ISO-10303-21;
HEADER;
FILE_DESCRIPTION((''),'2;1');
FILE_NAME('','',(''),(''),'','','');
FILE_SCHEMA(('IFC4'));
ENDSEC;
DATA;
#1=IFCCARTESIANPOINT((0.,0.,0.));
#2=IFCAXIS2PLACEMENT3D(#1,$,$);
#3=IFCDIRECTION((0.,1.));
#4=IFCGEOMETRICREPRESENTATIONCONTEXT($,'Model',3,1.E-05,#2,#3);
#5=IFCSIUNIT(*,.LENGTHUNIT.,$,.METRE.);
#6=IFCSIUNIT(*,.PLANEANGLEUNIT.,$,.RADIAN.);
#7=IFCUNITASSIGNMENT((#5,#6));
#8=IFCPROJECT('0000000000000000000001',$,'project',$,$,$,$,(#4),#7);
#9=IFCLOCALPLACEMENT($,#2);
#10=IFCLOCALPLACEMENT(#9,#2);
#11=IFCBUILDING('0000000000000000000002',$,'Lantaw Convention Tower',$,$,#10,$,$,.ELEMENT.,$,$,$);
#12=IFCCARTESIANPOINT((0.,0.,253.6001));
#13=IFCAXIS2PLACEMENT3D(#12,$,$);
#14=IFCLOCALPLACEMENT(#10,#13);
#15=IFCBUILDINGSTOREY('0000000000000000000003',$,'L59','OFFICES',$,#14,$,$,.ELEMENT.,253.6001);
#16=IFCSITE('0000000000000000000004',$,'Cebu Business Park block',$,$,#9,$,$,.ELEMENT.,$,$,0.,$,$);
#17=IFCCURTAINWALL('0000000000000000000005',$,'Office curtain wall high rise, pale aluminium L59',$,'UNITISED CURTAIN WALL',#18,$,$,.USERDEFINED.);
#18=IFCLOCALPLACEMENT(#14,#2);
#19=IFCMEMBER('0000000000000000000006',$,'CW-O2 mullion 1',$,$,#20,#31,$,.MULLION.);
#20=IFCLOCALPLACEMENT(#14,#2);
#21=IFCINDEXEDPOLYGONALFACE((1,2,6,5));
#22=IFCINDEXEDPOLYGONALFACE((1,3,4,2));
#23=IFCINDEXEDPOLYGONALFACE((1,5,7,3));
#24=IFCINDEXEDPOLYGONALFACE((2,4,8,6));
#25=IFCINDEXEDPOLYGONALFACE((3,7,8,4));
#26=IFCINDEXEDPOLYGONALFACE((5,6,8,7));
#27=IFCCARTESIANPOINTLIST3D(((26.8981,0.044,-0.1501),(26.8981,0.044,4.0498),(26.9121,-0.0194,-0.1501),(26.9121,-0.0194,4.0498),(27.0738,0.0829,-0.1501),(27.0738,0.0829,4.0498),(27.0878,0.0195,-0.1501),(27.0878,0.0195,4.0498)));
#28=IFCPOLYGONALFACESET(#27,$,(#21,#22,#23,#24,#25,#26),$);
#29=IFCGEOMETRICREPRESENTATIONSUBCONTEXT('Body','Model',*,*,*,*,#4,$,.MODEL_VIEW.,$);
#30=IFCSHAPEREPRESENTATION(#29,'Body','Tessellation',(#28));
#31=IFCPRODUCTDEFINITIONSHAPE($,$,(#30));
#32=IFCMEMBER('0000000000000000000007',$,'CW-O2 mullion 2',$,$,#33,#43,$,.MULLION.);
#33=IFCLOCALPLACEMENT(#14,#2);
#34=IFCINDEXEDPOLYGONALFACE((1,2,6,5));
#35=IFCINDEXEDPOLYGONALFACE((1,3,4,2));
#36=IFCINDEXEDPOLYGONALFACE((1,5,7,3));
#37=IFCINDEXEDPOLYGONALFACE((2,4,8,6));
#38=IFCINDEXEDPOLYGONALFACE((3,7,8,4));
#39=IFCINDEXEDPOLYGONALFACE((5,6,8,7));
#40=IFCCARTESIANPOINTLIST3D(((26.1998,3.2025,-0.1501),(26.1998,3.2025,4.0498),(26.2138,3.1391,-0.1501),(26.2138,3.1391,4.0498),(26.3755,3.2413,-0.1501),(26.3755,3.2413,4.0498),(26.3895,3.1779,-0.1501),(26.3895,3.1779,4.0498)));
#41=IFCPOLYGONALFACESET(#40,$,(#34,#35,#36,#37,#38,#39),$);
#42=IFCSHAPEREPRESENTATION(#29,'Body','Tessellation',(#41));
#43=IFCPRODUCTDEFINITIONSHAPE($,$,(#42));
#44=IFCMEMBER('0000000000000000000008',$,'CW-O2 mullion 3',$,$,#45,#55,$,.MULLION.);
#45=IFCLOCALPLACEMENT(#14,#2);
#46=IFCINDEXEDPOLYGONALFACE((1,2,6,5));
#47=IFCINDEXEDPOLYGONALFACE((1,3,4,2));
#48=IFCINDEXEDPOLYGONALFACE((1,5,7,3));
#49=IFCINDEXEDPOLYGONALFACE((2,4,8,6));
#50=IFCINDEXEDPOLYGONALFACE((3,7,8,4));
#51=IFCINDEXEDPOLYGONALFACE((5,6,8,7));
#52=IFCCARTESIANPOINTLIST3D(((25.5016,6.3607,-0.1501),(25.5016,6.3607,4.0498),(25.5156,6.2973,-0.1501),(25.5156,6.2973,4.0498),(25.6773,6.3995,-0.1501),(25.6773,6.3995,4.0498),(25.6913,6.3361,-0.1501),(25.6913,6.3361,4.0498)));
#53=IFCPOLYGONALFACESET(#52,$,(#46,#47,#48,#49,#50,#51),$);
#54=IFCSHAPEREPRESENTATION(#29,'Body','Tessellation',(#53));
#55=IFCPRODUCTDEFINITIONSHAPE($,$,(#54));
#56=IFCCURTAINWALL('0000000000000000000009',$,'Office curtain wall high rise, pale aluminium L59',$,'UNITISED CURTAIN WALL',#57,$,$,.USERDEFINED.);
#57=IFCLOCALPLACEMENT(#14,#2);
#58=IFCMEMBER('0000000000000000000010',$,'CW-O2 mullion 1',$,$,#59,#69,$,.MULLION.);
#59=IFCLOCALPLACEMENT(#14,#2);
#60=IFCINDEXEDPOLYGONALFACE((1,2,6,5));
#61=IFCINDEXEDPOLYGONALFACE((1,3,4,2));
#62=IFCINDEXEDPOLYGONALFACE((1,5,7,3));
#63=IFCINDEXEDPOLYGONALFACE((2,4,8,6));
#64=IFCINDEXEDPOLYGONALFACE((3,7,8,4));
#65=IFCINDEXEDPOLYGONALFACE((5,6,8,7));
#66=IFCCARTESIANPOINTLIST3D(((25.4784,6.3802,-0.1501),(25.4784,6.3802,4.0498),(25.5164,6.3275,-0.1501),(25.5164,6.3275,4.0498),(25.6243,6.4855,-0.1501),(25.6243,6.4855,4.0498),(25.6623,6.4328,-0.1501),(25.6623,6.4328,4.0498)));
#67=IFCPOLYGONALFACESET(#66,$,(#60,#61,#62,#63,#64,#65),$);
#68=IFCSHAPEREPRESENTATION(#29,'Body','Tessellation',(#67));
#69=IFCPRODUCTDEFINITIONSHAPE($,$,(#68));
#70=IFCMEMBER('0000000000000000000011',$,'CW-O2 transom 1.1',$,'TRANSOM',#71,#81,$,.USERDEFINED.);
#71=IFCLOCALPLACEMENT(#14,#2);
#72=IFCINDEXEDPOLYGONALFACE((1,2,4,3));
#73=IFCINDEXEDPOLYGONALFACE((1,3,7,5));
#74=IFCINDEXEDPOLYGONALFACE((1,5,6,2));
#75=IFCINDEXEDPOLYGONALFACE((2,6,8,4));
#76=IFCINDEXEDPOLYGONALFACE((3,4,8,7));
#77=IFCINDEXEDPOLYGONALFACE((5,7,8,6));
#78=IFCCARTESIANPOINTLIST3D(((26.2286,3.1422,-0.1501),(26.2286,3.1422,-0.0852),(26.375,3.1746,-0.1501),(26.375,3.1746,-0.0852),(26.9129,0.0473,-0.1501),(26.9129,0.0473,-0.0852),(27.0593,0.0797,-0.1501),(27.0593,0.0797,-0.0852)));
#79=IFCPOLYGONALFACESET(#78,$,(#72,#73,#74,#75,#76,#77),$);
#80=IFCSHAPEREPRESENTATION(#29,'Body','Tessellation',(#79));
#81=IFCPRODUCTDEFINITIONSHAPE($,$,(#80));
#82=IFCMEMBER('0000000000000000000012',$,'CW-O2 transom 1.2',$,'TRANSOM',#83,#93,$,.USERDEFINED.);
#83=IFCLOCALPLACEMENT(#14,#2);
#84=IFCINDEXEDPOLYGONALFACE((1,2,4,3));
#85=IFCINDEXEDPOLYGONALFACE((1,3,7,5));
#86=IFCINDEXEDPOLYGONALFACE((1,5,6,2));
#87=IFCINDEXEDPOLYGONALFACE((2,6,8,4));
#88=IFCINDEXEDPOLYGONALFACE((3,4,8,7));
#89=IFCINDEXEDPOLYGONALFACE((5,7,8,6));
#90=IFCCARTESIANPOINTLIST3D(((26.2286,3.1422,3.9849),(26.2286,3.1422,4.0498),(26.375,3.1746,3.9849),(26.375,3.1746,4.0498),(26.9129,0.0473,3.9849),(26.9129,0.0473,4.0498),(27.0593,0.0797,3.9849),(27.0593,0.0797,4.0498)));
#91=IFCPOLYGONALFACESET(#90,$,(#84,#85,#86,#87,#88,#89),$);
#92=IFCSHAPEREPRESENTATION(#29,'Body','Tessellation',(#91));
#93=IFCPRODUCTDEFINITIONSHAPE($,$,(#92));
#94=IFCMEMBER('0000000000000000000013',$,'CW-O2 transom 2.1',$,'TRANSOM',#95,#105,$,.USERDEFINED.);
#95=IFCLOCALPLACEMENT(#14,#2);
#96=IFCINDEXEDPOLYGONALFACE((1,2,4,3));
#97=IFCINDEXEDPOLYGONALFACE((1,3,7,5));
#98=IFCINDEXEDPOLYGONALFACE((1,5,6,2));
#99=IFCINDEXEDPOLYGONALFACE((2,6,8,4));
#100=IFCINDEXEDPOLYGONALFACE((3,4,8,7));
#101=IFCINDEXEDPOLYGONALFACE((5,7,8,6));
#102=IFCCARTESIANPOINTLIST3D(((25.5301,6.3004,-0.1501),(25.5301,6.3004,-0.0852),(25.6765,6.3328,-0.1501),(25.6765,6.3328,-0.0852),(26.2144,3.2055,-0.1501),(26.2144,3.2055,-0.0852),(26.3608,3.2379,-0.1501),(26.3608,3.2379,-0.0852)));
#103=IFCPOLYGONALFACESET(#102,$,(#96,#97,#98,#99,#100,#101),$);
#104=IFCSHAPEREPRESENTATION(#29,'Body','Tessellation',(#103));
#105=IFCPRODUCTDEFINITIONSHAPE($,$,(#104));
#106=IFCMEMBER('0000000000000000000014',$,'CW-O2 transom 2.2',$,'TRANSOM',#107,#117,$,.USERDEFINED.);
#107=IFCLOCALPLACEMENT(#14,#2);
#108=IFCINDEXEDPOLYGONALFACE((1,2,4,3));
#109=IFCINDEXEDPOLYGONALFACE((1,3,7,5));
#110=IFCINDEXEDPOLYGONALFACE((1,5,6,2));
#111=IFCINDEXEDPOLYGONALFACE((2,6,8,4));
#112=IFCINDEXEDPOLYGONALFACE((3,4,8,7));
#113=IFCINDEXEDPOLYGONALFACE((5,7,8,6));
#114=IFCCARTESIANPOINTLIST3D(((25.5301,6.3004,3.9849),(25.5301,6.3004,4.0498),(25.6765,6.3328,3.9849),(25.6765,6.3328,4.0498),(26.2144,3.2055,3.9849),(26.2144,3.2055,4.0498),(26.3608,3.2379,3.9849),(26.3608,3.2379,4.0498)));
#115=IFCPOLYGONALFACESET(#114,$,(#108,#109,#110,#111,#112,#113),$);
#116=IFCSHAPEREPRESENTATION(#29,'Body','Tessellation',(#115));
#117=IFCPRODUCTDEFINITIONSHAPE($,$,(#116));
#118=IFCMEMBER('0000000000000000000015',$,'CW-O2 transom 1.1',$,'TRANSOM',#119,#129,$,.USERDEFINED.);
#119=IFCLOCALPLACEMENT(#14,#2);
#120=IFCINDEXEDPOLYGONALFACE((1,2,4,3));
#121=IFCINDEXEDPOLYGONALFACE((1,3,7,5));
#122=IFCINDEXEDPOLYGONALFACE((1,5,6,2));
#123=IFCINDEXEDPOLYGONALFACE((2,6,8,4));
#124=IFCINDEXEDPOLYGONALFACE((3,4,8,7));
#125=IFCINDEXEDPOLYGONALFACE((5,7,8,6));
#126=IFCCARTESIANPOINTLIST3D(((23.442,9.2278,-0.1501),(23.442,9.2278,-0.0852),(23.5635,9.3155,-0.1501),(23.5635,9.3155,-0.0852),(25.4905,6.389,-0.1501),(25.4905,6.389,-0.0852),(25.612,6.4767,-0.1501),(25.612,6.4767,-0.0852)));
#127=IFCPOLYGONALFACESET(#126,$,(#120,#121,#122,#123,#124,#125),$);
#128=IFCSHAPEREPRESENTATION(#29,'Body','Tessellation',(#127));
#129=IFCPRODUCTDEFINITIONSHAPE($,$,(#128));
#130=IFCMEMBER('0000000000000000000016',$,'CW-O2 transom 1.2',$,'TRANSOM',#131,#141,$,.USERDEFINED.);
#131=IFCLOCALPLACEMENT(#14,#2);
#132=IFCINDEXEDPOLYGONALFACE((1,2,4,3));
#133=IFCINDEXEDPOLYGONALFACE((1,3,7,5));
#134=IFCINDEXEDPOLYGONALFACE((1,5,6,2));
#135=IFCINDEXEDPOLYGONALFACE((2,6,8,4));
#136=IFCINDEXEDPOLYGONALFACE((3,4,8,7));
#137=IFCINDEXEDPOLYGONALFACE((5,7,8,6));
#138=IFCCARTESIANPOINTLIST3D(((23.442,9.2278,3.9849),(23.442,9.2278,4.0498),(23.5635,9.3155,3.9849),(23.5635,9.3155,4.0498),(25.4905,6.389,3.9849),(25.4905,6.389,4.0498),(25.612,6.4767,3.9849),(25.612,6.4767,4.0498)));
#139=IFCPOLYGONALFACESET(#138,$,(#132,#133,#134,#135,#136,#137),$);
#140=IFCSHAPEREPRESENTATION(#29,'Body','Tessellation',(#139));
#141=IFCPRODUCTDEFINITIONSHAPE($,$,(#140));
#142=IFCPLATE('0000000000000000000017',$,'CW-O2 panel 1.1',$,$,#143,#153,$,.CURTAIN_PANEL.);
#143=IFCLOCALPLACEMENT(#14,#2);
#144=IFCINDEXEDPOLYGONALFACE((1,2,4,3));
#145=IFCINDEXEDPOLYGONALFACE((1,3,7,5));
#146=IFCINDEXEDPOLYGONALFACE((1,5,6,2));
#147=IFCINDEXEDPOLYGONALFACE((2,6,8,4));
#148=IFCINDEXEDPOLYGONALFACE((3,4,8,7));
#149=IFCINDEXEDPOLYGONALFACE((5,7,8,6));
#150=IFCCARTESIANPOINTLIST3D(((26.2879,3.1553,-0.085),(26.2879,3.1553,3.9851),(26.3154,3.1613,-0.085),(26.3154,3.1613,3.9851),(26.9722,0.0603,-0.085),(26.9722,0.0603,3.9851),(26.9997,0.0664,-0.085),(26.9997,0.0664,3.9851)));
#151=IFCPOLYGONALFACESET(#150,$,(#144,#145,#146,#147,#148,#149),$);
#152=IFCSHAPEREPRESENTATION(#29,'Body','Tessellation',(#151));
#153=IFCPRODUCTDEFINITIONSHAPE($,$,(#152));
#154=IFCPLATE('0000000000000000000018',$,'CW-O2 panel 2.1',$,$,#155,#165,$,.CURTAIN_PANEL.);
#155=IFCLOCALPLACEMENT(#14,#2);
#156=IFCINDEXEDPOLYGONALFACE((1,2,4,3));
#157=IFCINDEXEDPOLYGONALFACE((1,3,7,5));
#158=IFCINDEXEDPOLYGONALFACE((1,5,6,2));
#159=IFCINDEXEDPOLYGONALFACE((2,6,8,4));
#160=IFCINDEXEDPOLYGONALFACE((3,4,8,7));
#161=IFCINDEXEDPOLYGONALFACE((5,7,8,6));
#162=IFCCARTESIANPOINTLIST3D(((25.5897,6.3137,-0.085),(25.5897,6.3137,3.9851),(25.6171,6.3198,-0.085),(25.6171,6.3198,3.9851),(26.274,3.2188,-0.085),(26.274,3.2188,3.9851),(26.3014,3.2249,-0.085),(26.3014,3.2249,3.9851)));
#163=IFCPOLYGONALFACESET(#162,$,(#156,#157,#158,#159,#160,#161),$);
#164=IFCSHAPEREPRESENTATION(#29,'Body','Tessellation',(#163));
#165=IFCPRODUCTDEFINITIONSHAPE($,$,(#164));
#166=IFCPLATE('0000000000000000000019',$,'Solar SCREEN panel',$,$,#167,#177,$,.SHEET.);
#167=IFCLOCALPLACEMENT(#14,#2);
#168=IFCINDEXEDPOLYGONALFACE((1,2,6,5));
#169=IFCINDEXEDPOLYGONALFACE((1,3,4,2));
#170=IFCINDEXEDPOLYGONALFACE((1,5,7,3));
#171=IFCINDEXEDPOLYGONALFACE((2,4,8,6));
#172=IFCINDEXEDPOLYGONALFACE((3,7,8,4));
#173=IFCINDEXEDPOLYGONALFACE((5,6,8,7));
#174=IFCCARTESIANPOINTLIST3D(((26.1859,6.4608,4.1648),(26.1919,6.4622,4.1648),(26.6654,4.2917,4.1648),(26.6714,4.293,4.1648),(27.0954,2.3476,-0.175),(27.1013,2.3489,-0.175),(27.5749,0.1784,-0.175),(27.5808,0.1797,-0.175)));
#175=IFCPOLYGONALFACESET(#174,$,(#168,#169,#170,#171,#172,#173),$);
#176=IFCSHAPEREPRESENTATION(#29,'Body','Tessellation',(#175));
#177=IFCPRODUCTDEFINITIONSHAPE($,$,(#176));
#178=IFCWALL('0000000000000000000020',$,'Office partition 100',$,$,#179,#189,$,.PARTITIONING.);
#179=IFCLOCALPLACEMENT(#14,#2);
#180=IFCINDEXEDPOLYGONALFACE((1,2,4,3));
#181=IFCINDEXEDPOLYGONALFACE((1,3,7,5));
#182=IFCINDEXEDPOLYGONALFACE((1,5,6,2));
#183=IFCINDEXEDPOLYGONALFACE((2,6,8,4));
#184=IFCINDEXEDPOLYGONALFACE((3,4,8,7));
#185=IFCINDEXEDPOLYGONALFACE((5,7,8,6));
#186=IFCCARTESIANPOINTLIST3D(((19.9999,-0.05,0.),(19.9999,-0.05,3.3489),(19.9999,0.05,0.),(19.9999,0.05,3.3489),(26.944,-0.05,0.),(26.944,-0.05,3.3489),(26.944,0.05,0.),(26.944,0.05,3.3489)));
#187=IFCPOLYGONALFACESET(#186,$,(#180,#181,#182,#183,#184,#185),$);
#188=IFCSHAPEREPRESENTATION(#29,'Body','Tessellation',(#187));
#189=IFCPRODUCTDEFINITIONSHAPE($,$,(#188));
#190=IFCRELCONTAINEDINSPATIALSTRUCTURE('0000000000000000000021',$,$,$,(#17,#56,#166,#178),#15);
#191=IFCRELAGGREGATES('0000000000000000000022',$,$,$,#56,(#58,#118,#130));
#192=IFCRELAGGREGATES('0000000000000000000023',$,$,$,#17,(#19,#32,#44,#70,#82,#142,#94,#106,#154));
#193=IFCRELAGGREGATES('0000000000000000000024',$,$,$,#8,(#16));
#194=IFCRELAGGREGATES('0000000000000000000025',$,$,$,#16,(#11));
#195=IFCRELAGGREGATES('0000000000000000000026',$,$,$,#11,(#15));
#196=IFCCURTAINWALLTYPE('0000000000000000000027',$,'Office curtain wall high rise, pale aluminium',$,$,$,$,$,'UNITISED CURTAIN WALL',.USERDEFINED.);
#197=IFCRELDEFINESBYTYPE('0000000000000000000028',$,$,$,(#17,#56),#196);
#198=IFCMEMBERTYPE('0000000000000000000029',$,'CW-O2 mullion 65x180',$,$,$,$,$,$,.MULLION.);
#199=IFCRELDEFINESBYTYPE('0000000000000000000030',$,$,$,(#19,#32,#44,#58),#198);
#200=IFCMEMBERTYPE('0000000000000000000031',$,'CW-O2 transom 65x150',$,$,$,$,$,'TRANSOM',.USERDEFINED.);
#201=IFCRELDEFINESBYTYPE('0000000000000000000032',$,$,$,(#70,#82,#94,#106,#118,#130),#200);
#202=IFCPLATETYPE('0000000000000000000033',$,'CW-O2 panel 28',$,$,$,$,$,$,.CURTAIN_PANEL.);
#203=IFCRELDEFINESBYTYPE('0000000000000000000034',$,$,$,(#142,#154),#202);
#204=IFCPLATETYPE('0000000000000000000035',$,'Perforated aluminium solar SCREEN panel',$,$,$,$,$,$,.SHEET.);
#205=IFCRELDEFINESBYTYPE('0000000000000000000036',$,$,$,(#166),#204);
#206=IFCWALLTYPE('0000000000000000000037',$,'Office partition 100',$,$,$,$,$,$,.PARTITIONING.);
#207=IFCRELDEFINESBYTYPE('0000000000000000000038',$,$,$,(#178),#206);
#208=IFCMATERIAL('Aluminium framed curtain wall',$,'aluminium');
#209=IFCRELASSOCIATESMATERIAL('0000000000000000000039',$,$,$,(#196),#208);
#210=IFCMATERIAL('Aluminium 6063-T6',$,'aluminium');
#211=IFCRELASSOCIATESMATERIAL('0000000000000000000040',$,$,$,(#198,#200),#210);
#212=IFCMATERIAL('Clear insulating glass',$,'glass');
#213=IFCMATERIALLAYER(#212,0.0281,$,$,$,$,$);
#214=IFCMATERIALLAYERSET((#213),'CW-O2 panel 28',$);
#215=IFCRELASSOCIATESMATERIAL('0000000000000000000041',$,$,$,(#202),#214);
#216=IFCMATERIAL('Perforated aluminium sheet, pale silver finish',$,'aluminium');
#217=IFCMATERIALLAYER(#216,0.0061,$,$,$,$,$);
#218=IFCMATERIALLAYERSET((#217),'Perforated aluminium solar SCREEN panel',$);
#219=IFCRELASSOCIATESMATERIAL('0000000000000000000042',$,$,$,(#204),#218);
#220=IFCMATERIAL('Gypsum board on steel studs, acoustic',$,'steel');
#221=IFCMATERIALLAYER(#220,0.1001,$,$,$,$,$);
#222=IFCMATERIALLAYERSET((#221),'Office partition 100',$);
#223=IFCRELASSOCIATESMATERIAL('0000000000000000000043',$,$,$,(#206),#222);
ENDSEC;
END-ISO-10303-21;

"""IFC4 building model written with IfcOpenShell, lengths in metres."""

from ifc_helpers import new_model, si_unit, direction, frame, frame_2d, origin, origin_2d, place, context, subcontext, project, spatial, polyline, rectangle, outline, extrude, material, layer, layer_set, material_profile, profile_set, type_object, element, aggregate, save


model = new_model("IFC4")

# Units and contexts
model_context = context("Model", 3, precision=1e-05, world=origin(), true_north=direction((0.0, 1.0)))
body_context = subcontext(model_context, "Body", "Model", "MODEL_VIEW")
ifc_project = project(units=[si_unit("LENGTHUNIT", "METRE"), si_unit("PLANEANGLEUNIT", "RADIAN")], contexts=[model_context])

# Site, building, storey
site_placement = place(None, origin())
site = spatial("IfcSite", under=ifc_project, at=site_placement, Name="Cebu Business Park block", CompositionType="ELEMENT", RefElevation=0.0)
building_placement = place(site_placement, origin())
building = spatial("IfcBuilding", under=site, at=building_placement, Name="Lantaw Convention Tower", CompositionType="ELEMENT")
storey_placement = place(building_placement, frame((0.0, 0.0, 253.6001)))
storey = spatial("IfcBuildingStorey", under=building, at=storey_placement, Name="L59", Description="OFFICES", CompositionType="ELEMENT", Elevation=253.6001)

# Curtain wall, members
ifc_material_1 = material(Name="Aluminium framed curtain wall", Category="aluminium")
curtain_wall_type = type_object("IfcCurtainWallType", Name="Office curtain wall high rise, pale aluminium", ElementType="UNITISED CURTAIN WALL", PredefinedType="USERDEFINED", material=ifc_material_1)
curtain_wall_1_placement = place(storey_placement, origin())
curtain_wall_1 = element("IfcCurtainWall", 1, at=curtain_wall_1_placement, inside=storey, type_object=curtain_wall_type, Name="Office curtain wall high rise, pale aluminium L59", ObjectType="UNITISED CURTAIN WALL", PredefinedType="USERDEFINED")
ifc_material_2 = material(Name="Aluminium 6063-T6", Category="aluminium")
ifc_material_profile_1 = material_profile(ifc_material_2, rectangle(XDim=0.1799, YDim=0.0649, at=origin_2d()), Name="CW-O2 mullion 65x180")
ifc_profile_set_1 = profile_set([ifc_material_profile_1], Name="Aluminium 6063-T6")
member_type_1 = type_object("IfcMemberType", Name="CW-O2 mullion 65x180", PredefinedType="MULLION", material=ifc_profile_set_1)
member_1_placement = place(storey_placement, frame((26.9929, 0.0317, -0.1501), z_axis=(0.0, 0.0, 1.0), x_axis=(-0.976417, -0.215891, 0.0)))
member_1 = element("IfcMember", 2, at=member_1_placement, type_object=member_type_1, Name="CW-O2 mullion 1", PredefinedType="MULLION", context=body_context, shape_type="SweptSolid", body=[
    extrude(rectangle(XDim=0.1799, YDim=0.0649, at=origin_2d()), origin(), (0.0, 0.0, 1.0), 4.2),
])
member_2_placement = place(storey_placement, frame((26.2947, 3.1902, -0.1501), z_axis=(0.0, 0.0, 1.0), x_axis=(-0.976417, -0.215891, 0.0)))
member_2 = element("IfcMember", 3, at=member_2_placement, type_object=member_type_1, Name="CW-O2 mullion 2", PredefinedType="MULLION", context=body_context, shape_type="SweptSolid", body=[
    extrude(rectangle(XDim=0.1799, YDim=0.0649, at=origin_2d()), origin(), (0.0, 0.0, 1.0), 4.2),
])
member_3_placement = place(storey_placement, frame((25.5964, 6.3484, -0.1501), z_axis=(0.0, 0.0, 1.0), x_axis=(-0.976417, -0.215891, 0.0)))
member_3 = element("IfcMember", 4, at=member_3_placement, type_object=member_type_1, Name="CW-O2 mullion 3", PredefinedType="MULLION", context=body_context, shape_type="SweptSolid", body=[
    extrude(rectangle(XDim=0.1799, YDim=0.0649, at=origin_2d()), origin(), (0.0, 0.0, 1.0), 4.2),
])

# Curtain wall, member
curtain_wall_2_placement = place(storey_placement, origin())
curtain_wall_2 = element("IfcCurtainWall", 5, at=curtain_wall_2_placement, inside=storey, type_object=curtain_wall_type, Name="Office curtain wall high rise, pale aluminium L59", ObjectType="UNITISED CURTAIN WALL", PredefinedType="USERDEFINED")
member_4_placement = place(storey_placement, frame((25.5703, 6.4065, -0.1501), z_axis=(0.0, 0.0, 1.0), x_axis=(-0.81092, -0.585158, 0.0)))
member_4 = element("IfcMember", 6, at=member_4_placement, type_object=member_type_1, Name="CW-O2 mullion 1", PredefinedType="MULLION", context=body_context, shape_type="SweptSolid", body=[
    extrude(rectangle(XDim=0.1799, YDim=0.0649, at=origin_2d()), origin(), (0.0, 0.0, 1.0), 4.2),
])

# Members
ifc_material_profile_2 = material_profile(ifc_material_2, rectangle(XDim=0.1499, YDim=0.0649, at=origin_2d()), Name="CW-O2 transom 65x150")
ifc_profile_set_2 = profile_set([ifc_material_profile_2], Name="Aluminium 6063-T6")
member_type_2 = type_object("IfcMemberType", Name="CW-O2 transom 65x150", ElementType="TRANSOM", PredefinedType="USERDEFINED", material=ifc_profile_set_2)
member_5_placement = place(storey_placement, frame((26.9861, 0.0635, -0.1177), z_axis=(-0.215895, 0.976417, 0.0), x_axis=(-0.976417, -0.215895, 0.0)))
member_5 = element("IfcMember", 7, at=member_5_placement, type_object=member_type_2, Name="CW-O2 transom 1.1", ObjectType="TRANSOM", PredefinedType="USERDEFINED", context=body_context, shape_type="SweptSolid", body=[
    extrude(rectangle(XDim=0.1499, YDim=0.0649, at=origin_2d()), origin(), (0.0, 0.0, 1.0), 3.1697),
])
member_6_placement = place(storey_placement, frame((26.9861, 0.0635, 4.0173), z_axis=(-0.215895, 0.976417, 0.0), x_axis=(-0.976417, -0.215895, 0.0)))
member_6 = element("IfcMember", 8, at=member_6_placement, type_object=member_type_2, Name="CW-O2 transom 1.2", ObjectType="TRANSOM", PredefinedType="USERDEFINED", context=body_context, shape_type="SweptSolid", body=[
    extrude(rectangle(XDim=0.1499, YDim=0.0649, at=origin_2d()), origin(), (0.0, 0.0, 1.0), 3.1697),
])
member_7_placement = place(storey_placement, frame((26.2876, 3.2217, -0.1177), z_axis=(-0.215895, 0.976417, 0.0), x_axis=(-0.976417, -0.215895, 0.0)))
member_7 = element("IfcMember", 9, at=member_7_placement, type_object=member_type_2, Name="CW-O2 transom 2.1", ObjectType="TRANSOM", PredefinedType="USERDEFINED", context=body_context, shape_type="SweptSolid", body=[
    extrude(rectangle(XDim=0.1499, YDim=0.0649, at=origin_2d()), origin(), (0.0, 0.0, 1.0), 3.1697),
])
member_8_placement = place(storey_placement, frame((26.2876, 3.2217, 4.0173), z_axis=(-0.215895, 0.976417, 0.0), x_axis=(-0.976417, -0.215895, 0.0)))
member_8 = element("IfcMember", 10, at=member_8_placement, type_object=member_type_2, Name="CW-O2 transom 2.2", ObjectType="TRANSOM", PredefinedType="USERDEFINED", context=body_context, shape_type="SweptSolid", body=[
    extrude(rectangle(XDim=0.1499, YDim=0.0649, at=origin_2d()), origin(), (0.0, 0.0, 1.0), 3.1697),
])
member_9_placement = place(storey_placement, frame((25.5513, 6.4329, -0.1177), z_axis=(-0.58517, 0.810911, 0.0), x_axis=(-0.810911, -0.58517, 0.0)))
member_9 = element("IfcMember", 11, at=member_9_placement, type_object=member_type_2, Name="CW-O2 transom 1.1", ObjectType="TRANSOM", PredefinedType="USERDEFINED", context=body_context, shape_type="SweptSolid", body=[
    extrude(rectangle(XDim=0.1499, YDim=0.0649, at=origin_2d()), origin(), (0.0, 0.0, 1.0), 3.5007),
])
member_10_placement = place(storey_placement, frame((25.5513, 6.4329, 4.0173), z_axis=(-0.58517, 0.810911, 0.0), x_axis=(-0.810911, -0.58517, 0.0)))
member_10 = element("IfcMember", 12, at=member_10_placement, type_object=member_type_2, Name="CW-O2 transom 1.2", ObjectType="TRANSOM", PredefinedType="USERDEFINED", context=body_context, shape_type="SweptSolid", body=[
    extrude(rectangle(XDim=0.1499, YDim=0.0649, at=origin_2d()), origin(), (0.0, 0.0, 1.0), 3.5007),
])
aggregate(curtain_wall_2, [member_4, member_9, member_10])

# Plates
ifc_material_3 = material(Name="Clear insulating glass", Category="glass")
ifc_layer_1 = layer(ifc_material_3, 0.0281)
ifc_layer_set_1 = layer_set([ifc_layer_1], Name="CW-O2 panel 28")
plate_type_1 = type_object("IfcPlateType", Name="CW-O2 panel 28", PredefinedType="CURTAIN_PANEL", material=ifc_layer_set_1)
plate_1_placement = place(storey_placement, frame((26.6438, 1.6108, -0.085), z_axis=(0.0, 0.0, 1.0), x_axis=(-0.215891, 0.976417, 0.0)))
plate_1 = element("IfcPlate", 13, at=plate_1_placement, type_object=plate_type_1, Name="CW-O2 panel 1.1", PredefinedType="CURTAIN_PANEL", context=body_context, shape_type="SweptSolid", body=[
    extrude(rectangle(XDim=3.1697, YDim=0.0281, at=origin_2d()), origin(), (0.0, 0.0, 1.0), 4.0701),
])
plate_2_placement = place(storey_placement, frame((25.9456, 4.7693, -0.085), z_axis=(0.0, 0.0, 1.0), x_axis=(-0.215891, 0.976417, 0.0)))
plate_2 = element("IfcPlate", 14, at=plate_2_placement, type_object=plate_type_1, Name="CW-O2 panel 2.1", PredefinedType="CURTAIN_PANEL", context=body_context, shape_type="SweptSolid", body=[
    extrude(rectangle(XDim=3.1697, YDim=0.0281, at=origin_2d()), origin(), (0.0, 0.0, 1.0), 4.0701),
])
aggregate(curtain_wall_1, [member_1, member_2, member_3, member_5, member_6, plate_1, member_7, member_8, plate_2])
ifc_material_4 = material(Name="Perforated aluminium sheet, pale silver finish", Category="aluminium")
ifc_layer_2 = layer(ifc_material_4, 0.0061)
ifc_layer_set_2 = layer_set([ifc_layer_2], Name="Perforated aluminium solar SCREEN panel")
plate_type_2 = type_object("IfcPlateType", Name="Perforated aluminium solar SCREEN panel", PredefinedType="SHEET", material=ifc_layer_set_2)
plate_3_placement = place(storey_placement, frame((27.5808, 0.1797, -0.175), z_axis=(0.97643, 0.215837, 0.000044), x_axis=(-0.215837, 0.97643, 0.0)))
element("IfcPlate", 15, at=plate_3_placement, inside=storey, type_object=plate_type_2, Name="Solar SCREEN panel", PredefinedType="SHEET", context=body_context, shape_type="SweptSolid", body=[
    extrude(outline(polyline([(0.0, 0.0), (2.2216, 0.0), (6.4342, 4.3398), (4.2126, 4.3398), (0.0, 0.0)])), origin(), (0.0, 0.0, -1.0), 0.0061),
])

# Wall
ifc_material_5 = material(Name="Gypsum board on steel studs, acoustic", Category="steel")
ifc_layer_3 = layer(ifc_material_5, 0.1001)
ifc_layer_set_3 = layer_set([ifc_layer_3], Name="Office partition 100")
wall_type = type_object("IfcWallType", Name="Office partition 100", PredefinedType="PARTITIONING", material=ifc_layer_set_3)
wall_placement = place(storey_placement, frame((26.9441, 0.0, 0.0), z_axis=(0.0, 0.0, 1.0), x_axis=(-1.0, 0.0, 0.0)))
element("IfcWall", 16, at=wall_placement, inside=storey, type_object=wall_type, Name="Office partition 100", PredefinedType="PARTITIONING", context=body_context, shape_type="SweptSolid", body=[
    extrude(rectangle(XDim=6.9441, YDim=0.1001, at=frame_2d((3.4722, 0.0))), origin(), (0.0, 0.0, 1.0), 3.3489),
])

save(model, "model.ifc")
